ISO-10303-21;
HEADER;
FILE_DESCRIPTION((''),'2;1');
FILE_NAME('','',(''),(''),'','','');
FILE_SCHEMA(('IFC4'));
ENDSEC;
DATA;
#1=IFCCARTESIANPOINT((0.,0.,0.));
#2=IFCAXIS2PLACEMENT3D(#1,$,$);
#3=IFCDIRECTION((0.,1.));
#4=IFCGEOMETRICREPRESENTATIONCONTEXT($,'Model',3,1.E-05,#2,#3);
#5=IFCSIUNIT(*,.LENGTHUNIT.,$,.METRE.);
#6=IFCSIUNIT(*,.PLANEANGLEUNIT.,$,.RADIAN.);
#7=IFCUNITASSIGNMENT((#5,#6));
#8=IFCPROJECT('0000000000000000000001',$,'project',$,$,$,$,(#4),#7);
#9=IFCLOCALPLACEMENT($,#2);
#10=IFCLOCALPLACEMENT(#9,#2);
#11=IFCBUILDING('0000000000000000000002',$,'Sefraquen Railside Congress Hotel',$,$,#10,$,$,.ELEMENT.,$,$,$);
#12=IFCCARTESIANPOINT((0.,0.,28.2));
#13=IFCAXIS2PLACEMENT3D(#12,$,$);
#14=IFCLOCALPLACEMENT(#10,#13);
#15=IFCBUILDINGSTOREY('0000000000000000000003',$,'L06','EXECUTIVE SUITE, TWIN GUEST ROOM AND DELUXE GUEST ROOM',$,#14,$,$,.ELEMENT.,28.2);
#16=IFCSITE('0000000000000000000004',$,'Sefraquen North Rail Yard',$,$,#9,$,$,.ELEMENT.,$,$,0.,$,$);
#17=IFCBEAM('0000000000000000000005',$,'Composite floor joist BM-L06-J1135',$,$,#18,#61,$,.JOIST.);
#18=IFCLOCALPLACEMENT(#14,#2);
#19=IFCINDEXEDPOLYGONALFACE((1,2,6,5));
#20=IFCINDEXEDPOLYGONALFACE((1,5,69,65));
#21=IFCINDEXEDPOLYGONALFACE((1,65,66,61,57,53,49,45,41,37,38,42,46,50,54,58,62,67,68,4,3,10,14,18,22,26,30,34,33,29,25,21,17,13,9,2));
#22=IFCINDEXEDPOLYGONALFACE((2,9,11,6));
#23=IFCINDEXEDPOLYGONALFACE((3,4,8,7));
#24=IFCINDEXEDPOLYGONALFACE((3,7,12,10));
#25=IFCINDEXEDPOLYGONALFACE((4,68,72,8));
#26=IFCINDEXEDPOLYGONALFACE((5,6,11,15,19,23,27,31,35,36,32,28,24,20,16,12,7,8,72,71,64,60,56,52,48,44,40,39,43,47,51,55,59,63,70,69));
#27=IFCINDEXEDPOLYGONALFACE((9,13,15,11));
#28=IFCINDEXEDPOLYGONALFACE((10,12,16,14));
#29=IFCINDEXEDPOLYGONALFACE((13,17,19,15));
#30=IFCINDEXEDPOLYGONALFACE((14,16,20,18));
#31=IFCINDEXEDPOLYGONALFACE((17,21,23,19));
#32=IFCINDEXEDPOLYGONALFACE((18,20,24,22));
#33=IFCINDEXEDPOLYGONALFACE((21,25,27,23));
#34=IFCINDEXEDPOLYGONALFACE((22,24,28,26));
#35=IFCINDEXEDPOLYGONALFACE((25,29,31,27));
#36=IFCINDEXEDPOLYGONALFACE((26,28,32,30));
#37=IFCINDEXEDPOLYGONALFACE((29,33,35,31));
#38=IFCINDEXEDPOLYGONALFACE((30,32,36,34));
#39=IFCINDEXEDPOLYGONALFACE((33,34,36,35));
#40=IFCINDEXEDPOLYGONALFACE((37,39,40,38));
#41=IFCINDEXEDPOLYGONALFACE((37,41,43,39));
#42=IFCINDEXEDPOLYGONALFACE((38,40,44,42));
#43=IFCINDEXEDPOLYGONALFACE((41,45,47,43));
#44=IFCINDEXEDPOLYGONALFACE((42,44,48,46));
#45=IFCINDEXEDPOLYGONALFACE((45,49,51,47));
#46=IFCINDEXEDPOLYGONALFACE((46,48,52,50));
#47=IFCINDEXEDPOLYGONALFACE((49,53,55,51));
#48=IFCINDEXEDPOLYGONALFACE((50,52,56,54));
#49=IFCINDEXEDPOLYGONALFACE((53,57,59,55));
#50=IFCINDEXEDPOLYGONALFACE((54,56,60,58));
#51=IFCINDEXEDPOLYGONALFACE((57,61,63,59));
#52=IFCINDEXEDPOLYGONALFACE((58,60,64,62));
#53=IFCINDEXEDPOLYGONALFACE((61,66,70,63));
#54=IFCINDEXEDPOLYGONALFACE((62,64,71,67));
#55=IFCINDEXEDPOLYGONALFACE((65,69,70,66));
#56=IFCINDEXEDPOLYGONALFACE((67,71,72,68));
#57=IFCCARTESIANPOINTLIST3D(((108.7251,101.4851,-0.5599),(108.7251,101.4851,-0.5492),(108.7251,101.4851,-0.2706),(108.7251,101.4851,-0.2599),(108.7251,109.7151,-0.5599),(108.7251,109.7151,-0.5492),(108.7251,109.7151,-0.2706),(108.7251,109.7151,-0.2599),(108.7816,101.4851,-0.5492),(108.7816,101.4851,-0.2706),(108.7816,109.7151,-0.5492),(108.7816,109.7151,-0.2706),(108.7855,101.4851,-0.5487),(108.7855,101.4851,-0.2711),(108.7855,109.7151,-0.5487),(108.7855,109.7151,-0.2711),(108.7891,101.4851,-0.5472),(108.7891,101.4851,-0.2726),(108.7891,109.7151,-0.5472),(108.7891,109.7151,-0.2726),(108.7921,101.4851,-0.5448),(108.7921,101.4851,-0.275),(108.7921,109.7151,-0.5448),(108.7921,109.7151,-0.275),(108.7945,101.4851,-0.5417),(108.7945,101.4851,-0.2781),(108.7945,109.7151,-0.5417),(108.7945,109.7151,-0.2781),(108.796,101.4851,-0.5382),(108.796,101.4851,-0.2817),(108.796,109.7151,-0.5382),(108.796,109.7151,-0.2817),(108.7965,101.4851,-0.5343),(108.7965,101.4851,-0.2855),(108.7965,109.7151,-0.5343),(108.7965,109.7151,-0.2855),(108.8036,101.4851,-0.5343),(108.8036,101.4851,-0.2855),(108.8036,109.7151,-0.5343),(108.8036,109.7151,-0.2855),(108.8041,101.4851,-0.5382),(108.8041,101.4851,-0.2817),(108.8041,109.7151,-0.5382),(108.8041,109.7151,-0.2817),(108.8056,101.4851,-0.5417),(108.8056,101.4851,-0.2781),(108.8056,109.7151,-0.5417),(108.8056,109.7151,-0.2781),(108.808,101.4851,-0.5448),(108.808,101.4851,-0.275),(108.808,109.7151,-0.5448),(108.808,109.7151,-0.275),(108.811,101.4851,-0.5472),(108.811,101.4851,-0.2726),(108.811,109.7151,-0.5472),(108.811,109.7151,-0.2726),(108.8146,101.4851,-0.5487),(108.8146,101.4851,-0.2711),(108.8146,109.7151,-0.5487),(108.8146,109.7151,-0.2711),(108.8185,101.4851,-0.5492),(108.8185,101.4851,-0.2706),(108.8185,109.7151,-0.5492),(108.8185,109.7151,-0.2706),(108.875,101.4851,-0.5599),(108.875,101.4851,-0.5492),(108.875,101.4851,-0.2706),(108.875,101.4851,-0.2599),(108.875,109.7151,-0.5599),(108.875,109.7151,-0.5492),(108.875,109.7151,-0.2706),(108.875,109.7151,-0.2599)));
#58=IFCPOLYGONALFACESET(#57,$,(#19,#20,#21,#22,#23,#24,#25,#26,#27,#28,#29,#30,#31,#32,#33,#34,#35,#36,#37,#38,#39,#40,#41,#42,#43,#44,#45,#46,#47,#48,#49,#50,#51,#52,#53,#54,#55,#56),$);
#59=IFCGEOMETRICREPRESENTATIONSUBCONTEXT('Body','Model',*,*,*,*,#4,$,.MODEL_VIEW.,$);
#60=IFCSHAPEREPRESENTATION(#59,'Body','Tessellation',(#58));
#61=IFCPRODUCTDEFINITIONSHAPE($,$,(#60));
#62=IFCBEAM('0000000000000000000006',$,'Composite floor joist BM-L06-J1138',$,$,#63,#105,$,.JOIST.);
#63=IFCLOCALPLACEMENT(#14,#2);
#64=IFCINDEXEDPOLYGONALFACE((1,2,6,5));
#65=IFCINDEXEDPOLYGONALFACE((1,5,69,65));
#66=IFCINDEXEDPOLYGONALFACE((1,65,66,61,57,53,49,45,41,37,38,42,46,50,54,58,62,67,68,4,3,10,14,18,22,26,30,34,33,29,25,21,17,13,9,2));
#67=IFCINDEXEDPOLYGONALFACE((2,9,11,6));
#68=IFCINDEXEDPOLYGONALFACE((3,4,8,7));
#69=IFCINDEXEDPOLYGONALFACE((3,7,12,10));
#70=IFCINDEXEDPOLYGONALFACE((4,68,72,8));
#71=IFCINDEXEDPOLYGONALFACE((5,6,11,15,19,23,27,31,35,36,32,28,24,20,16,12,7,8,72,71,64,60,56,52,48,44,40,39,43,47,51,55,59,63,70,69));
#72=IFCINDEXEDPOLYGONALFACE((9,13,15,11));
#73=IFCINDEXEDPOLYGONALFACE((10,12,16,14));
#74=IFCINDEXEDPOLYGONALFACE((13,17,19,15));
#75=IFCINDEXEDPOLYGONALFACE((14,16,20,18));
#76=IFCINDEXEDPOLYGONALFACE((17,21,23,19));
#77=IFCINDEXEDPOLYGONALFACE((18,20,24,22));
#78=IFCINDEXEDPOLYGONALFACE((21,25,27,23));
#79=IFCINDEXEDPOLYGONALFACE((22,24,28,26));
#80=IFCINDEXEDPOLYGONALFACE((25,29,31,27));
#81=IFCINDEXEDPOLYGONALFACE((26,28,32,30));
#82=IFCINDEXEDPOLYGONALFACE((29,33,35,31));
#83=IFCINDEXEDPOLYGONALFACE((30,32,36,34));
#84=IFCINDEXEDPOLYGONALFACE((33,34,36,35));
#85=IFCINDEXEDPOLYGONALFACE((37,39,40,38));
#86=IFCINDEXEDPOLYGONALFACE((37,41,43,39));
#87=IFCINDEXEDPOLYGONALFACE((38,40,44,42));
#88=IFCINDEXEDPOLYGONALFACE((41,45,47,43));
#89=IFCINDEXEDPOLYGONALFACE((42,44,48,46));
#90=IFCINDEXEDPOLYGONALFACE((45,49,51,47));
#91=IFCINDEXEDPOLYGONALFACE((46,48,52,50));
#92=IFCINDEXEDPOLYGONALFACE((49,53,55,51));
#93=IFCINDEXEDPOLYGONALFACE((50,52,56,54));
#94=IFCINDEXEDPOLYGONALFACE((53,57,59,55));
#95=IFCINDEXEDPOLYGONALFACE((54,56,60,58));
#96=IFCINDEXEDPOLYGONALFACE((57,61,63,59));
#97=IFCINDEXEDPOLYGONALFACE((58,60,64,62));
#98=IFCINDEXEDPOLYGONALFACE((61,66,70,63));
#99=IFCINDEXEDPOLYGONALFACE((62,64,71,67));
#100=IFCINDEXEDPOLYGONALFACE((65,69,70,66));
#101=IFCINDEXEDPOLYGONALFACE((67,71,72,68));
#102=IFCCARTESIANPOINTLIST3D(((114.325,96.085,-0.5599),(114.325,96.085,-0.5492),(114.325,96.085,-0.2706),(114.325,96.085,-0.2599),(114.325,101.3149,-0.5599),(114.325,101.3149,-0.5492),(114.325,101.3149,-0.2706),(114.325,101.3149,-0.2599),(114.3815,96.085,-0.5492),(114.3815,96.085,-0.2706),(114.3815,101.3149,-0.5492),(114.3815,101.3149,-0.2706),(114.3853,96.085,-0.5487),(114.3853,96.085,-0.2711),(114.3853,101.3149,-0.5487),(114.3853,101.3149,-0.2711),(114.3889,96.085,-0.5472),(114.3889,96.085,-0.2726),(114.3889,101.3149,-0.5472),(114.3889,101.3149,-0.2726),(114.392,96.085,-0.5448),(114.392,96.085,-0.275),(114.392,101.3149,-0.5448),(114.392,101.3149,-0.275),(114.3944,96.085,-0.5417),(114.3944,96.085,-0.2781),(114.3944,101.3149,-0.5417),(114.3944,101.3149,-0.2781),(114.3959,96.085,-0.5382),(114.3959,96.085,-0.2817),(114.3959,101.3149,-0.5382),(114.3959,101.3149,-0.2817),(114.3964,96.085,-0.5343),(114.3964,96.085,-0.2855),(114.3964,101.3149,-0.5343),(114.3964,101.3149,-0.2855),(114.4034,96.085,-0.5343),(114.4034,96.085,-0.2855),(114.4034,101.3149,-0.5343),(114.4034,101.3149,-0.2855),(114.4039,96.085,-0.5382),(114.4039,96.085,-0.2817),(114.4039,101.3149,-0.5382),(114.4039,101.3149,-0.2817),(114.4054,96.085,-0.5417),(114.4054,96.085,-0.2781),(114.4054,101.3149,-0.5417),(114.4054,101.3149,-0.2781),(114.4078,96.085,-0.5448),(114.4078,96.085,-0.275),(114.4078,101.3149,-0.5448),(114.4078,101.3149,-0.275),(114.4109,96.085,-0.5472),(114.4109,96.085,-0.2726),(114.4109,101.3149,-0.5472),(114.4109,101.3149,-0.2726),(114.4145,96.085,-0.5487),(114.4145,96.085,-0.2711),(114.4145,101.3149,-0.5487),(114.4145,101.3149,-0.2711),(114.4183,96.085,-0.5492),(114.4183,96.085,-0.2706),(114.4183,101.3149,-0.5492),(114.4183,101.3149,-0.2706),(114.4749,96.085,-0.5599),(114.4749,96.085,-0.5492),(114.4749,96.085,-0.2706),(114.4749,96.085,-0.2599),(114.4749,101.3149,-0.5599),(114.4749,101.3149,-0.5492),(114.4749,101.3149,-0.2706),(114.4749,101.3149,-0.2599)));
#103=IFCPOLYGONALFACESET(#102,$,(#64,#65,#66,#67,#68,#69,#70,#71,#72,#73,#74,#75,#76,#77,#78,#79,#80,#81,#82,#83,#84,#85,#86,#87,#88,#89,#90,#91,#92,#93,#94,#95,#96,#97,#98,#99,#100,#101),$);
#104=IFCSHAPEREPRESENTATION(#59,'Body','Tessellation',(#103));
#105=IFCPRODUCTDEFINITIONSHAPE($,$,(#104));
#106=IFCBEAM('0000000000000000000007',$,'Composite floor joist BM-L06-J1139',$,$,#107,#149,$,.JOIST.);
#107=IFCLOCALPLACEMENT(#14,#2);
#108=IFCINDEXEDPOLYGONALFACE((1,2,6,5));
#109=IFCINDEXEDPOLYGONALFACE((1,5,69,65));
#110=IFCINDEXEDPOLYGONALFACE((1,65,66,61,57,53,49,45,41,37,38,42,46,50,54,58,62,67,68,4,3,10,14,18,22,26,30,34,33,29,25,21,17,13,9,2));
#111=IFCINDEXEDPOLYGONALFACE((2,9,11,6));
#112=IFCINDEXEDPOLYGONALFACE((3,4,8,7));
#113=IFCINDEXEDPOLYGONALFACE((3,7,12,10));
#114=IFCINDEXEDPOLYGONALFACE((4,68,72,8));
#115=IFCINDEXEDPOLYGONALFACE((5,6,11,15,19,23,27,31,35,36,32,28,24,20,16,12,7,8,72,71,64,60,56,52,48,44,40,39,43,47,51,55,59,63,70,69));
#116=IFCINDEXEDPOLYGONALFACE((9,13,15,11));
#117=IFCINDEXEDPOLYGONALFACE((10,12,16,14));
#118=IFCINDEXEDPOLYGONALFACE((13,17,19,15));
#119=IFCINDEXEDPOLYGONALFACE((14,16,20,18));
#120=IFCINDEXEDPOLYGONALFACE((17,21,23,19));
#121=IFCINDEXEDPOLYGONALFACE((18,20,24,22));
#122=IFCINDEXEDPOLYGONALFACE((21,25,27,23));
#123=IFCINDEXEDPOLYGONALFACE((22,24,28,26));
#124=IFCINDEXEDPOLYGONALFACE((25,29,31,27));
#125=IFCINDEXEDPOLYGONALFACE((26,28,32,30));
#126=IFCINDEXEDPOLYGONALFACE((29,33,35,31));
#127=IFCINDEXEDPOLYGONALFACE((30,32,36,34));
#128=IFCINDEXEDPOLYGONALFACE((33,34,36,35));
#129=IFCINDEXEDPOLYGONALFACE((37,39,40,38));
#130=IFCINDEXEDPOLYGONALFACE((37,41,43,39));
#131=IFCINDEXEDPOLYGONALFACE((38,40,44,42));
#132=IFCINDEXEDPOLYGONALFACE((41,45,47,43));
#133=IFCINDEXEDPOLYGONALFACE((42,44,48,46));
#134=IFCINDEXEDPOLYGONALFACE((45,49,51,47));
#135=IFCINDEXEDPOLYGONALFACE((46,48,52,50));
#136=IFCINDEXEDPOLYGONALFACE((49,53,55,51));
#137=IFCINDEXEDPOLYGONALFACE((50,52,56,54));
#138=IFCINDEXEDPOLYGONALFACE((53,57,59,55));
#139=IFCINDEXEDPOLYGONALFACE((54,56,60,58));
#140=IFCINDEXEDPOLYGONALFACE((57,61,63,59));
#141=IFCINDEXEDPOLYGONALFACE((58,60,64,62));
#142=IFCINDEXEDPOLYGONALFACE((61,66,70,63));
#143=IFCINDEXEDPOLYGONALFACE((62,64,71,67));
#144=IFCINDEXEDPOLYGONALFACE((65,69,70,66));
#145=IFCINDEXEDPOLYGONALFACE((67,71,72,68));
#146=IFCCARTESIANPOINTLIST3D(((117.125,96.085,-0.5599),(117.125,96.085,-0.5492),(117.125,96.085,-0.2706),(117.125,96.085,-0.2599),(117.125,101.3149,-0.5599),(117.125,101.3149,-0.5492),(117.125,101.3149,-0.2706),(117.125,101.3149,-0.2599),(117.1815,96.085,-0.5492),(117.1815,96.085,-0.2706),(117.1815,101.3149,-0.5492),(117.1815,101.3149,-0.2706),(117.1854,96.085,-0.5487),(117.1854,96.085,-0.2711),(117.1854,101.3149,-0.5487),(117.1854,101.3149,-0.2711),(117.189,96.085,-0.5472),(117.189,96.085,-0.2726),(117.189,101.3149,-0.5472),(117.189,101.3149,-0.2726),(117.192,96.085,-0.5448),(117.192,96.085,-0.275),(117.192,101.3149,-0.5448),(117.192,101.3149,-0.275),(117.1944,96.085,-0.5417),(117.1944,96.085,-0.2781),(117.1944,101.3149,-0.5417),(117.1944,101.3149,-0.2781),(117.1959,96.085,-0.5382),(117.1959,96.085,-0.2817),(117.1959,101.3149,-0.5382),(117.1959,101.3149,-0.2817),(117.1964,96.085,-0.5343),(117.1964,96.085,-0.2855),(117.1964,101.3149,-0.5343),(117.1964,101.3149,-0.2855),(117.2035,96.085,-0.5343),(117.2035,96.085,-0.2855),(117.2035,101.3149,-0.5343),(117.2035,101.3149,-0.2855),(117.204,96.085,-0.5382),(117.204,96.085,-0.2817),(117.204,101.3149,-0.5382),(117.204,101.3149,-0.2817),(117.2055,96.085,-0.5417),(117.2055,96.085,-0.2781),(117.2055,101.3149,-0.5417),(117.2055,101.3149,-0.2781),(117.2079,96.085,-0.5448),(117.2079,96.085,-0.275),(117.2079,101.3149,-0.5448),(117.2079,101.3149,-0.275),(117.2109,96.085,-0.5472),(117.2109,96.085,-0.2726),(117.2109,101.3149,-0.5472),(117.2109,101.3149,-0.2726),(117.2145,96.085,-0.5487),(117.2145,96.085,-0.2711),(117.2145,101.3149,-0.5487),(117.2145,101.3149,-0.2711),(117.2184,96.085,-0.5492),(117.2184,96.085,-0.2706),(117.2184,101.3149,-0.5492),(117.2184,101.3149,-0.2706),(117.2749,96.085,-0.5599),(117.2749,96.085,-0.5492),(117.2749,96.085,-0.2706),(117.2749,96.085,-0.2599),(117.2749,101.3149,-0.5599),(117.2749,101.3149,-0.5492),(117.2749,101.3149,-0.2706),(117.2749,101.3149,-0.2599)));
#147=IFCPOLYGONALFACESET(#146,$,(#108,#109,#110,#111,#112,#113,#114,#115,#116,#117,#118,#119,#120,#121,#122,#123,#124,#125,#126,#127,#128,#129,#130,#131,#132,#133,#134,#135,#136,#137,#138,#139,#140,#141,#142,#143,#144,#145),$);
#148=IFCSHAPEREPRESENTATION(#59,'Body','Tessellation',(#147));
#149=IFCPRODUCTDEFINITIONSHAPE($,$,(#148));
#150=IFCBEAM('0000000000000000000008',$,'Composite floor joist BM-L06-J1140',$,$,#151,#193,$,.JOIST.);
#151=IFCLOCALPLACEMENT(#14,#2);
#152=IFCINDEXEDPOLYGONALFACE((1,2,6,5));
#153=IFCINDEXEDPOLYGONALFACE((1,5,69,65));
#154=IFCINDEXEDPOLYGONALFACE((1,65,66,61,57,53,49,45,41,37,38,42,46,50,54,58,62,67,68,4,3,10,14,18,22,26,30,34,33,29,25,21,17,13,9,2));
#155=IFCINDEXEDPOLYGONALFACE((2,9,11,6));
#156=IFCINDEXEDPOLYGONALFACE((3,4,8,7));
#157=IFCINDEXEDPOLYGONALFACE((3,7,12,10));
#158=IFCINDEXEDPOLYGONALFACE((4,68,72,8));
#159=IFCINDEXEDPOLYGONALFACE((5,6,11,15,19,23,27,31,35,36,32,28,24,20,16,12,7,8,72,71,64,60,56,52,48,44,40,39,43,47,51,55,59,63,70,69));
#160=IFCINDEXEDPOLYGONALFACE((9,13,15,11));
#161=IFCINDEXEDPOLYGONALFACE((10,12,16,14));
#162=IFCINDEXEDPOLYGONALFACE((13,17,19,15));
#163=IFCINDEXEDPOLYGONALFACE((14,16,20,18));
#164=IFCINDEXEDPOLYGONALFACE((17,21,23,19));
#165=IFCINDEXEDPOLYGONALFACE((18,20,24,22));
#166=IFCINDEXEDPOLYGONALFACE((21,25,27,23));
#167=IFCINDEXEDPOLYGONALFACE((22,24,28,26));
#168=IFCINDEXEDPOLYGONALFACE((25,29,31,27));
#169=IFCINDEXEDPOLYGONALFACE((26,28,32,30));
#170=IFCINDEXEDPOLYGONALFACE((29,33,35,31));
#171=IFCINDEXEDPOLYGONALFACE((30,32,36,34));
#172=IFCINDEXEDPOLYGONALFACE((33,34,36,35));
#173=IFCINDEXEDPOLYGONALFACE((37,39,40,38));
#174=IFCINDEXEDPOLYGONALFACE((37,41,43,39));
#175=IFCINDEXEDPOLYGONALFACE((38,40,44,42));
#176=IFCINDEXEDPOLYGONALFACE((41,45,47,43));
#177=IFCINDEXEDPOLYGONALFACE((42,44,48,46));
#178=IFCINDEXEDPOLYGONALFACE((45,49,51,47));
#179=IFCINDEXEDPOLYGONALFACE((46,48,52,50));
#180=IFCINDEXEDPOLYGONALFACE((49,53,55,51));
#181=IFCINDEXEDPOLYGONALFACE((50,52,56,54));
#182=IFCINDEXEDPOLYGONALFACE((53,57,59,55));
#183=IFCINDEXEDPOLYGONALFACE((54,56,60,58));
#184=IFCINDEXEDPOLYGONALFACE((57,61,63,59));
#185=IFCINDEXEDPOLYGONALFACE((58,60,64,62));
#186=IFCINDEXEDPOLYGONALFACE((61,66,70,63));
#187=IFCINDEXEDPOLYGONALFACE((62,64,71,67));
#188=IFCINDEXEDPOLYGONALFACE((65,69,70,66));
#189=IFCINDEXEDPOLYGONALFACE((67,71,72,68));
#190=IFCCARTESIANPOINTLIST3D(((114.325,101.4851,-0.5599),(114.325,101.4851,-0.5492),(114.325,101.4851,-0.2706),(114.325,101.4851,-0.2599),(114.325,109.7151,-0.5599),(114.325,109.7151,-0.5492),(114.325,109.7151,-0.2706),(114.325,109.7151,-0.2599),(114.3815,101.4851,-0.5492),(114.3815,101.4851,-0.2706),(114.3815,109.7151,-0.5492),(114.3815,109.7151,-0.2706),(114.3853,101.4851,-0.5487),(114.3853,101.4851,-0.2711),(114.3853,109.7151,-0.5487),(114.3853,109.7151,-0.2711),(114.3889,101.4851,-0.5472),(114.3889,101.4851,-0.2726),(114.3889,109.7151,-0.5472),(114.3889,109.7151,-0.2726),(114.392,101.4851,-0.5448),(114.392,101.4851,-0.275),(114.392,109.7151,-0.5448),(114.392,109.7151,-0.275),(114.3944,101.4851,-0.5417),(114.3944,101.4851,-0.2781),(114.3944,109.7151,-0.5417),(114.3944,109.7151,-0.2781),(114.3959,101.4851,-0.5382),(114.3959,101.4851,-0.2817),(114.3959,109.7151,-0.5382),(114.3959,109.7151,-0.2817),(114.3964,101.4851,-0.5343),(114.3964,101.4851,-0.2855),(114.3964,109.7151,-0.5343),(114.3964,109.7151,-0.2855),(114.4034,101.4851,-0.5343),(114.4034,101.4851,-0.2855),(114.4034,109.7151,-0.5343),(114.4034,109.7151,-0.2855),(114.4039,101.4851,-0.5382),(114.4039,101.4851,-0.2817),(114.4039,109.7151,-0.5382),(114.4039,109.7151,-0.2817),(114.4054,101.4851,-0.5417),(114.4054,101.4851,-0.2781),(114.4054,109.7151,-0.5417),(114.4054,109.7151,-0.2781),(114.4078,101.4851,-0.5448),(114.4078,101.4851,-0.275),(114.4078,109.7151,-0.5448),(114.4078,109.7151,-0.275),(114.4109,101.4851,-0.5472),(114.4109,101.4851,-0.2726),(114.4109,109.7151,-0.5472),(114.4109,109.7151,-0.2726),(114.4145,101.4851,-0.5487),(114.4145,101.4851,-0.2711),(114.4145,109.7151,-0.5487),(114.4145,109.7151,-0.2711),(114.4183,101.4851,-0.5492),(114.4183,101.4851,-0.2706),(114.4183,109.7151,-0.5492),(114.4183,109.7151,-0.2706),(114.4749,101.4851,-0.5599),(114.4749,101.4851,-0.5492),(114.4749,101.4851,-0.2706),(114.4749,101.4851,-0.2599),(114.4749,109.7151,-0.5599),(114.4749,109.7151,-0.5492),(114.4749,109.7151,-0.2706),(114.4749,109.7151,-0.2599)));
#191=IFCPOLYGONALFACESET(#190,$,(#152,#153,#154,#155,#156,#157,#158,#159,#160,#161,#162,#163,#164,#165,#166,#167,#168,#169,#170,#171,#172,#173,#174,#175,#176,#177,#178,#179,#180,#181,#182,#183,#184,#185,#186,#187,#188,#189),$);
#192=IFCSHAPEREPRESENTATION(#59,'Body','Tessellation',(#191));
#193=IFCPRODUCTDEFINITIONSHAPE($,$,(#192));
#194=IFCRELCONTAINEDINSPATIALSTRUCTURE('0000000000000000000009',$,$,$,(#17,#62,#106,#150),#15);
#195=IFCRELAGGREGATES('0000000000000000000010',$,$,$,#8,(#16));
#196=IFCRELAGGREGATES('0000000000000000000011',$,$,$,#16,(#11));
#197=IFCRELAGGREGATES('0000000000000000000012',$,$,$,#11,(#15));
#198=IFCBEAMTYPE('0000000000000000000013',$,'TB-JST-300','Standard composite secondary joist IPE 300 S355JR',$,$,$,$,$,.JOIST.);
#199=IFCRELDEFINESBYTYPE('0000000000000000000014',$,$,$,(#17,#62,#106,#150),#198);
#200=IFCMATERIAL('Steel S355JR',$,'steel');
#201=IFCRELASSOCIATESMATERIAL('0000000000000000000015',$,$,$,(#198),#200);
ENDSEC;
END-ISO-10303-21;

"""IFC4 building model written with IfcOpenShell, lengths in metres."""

from ifc_helpers import new_model, si_unit, direction, frame, origin, origin_2d, place, context, subcontext, project, spatial, i_section, extrude, material, material_profile, profile_set, type_object, element, save


model = new_model("IFC4")

# Units and contexts
model_context = context("Model", 3, precision=1e-05, world=origin(), true_north=direction((0.0, 1.0)))
body_context = subcontext(model_context, "Body", "Model", "MODEL_VIEW")
ifc_project = project(units=[si_unit("LENGTHUNIT", "METRE"), si_unit("PLANEANGLEUNIT", "RADIAN")], contexts=[model_context])

# Site, building, storey
site_placement = place(None, origin())
site = spatial("IfcSite", under=ifc_project, at=site_placement, Name="Sefraquen North Rail Yard", CompositionType="ELEMENT", RefElevation=0.0)
building_placement = place(site_placement, origin())
building = spatial("IfcBuilding", under=site, at=building_placement, Name="Sefraquen Railside Congress Hotel", CompositionType="ELEMENT")
storey_placement = place(building_placement, frame((0.0, 0.0, 28.2)))
storey = spatial("IfcBuildingStorey", under=building, at=storey_placement, Name="L06", Description="EXECUTIVE SUITE, TWIN GUEST ROOM AND DELUXE GUEST ROOM", CompositionType="ELEMENT", Elevation=28.2)

# Shared definitions
ifc_material_1 = material(Name="Steel S355JR", Category="steel")

# Beams
ifc_material_profile_1 = material_profile(ifc_material_1, i_section(OverallWidth=0.1499, OverallDepth=0.3, WebThickness=0.0071, FlangeThickness=0.0107, FilletRadius=0.0149, at=origin_2d()), Name="IPE 300")
ifc_profile_set_1 = profile_set([ifc_material_profile_1], Name="Steel S355JR")
beam_type_1 = type_object("IfcBeamType", Name="TB-JST-300", Description="Standard composite secondary joist IPE 300 S355JR", PredefinedType="JOIST", material=ifc_profile_set_1)
for number, where, z_axis, x_axis, name in (
    (1, (108.8, 101.4851, -0.4099), (0.0, 1.0, 0.0), (-1.0, 0.0, 0.0), "Composite floor joist BM-L06-J1135"),
):
    element("IfcBeam", number, at=place(storey_placement, frame(where, z_axis=z_axis, x_axis=x_axis)), inside=storey, type_object=beam_type_1, Name=name, PredefinedType="JOIST", context=body_context, shape_type="SweptSolid", body=[
        extrude(i_section(OverallWidth=0.1499, OverallDepth=0.3, WebThickness=0.0071, FlangeThickness=0.0107, FilletRadius=0.0149, at=origin_2d()), origin(), (0.0, 0.0, 1.0), 8.23),
    ])
for number, where, z_axis, x_axis, name in (
    (2, (114.3999, 96.085, -0.4099), (0.0, 1.0, 0.0), (-1.0, 0.0, 0.0), "Composite floor joist BM-L06-J1138"),
    (3, (117.2, 96.085, -0.4099), (0.0, 1.0, 0.0), (-1.0, 0.0, 0.0), "Composite floor joist BM-L06-J1139"),
):
    element("IfcBeam", number, at=place(storey_placement, frame(where, z_axis=z_axis, x_axis=x_axis)), inside=storey, type_object=beam_type_1, Name=name, PredefinedType="JOIST", context=body_context, shape_type="SweptSolid", body=[
        extrude(i_section(OverallWidth=0.1499, OverallDepth=0.3, WebThickness=0.0071, FlangeThickness=0.0107, FilletRadius=0.0149, at=origin_2d()), origin(), (0.0, 0.0, 1.0), 5.23),
    ])
for number, where, z_axis, x_axis, name in (
    (4, (114.3999, 101.4851, -0.4099), (0.0, 1.0, 0.0), (-1.0, 0.0, 0.0), "Composite floor joist BM-L06-J1140"),
):
    element("IfcBeam", number, at=place(storey_placement, frame(where, z_axis=z_axis, x_axis=x_axis)), inside=storey, type_object=beam_type_1, Name=name, PredefinedType="JOIST", context=body_context, shape_type="SweptSolid", body=[
        extrude(i_section(OverallWidth=0.1499, OverallDepth=0.3, WebThickness=0.0071, FlangeThickness=0.0107, FilletRadius=0.0149, at=origin_2d()), origin(), (0.0, 0.0, 1.0), 8.23),
    ])

save(model, "model.ifc")
